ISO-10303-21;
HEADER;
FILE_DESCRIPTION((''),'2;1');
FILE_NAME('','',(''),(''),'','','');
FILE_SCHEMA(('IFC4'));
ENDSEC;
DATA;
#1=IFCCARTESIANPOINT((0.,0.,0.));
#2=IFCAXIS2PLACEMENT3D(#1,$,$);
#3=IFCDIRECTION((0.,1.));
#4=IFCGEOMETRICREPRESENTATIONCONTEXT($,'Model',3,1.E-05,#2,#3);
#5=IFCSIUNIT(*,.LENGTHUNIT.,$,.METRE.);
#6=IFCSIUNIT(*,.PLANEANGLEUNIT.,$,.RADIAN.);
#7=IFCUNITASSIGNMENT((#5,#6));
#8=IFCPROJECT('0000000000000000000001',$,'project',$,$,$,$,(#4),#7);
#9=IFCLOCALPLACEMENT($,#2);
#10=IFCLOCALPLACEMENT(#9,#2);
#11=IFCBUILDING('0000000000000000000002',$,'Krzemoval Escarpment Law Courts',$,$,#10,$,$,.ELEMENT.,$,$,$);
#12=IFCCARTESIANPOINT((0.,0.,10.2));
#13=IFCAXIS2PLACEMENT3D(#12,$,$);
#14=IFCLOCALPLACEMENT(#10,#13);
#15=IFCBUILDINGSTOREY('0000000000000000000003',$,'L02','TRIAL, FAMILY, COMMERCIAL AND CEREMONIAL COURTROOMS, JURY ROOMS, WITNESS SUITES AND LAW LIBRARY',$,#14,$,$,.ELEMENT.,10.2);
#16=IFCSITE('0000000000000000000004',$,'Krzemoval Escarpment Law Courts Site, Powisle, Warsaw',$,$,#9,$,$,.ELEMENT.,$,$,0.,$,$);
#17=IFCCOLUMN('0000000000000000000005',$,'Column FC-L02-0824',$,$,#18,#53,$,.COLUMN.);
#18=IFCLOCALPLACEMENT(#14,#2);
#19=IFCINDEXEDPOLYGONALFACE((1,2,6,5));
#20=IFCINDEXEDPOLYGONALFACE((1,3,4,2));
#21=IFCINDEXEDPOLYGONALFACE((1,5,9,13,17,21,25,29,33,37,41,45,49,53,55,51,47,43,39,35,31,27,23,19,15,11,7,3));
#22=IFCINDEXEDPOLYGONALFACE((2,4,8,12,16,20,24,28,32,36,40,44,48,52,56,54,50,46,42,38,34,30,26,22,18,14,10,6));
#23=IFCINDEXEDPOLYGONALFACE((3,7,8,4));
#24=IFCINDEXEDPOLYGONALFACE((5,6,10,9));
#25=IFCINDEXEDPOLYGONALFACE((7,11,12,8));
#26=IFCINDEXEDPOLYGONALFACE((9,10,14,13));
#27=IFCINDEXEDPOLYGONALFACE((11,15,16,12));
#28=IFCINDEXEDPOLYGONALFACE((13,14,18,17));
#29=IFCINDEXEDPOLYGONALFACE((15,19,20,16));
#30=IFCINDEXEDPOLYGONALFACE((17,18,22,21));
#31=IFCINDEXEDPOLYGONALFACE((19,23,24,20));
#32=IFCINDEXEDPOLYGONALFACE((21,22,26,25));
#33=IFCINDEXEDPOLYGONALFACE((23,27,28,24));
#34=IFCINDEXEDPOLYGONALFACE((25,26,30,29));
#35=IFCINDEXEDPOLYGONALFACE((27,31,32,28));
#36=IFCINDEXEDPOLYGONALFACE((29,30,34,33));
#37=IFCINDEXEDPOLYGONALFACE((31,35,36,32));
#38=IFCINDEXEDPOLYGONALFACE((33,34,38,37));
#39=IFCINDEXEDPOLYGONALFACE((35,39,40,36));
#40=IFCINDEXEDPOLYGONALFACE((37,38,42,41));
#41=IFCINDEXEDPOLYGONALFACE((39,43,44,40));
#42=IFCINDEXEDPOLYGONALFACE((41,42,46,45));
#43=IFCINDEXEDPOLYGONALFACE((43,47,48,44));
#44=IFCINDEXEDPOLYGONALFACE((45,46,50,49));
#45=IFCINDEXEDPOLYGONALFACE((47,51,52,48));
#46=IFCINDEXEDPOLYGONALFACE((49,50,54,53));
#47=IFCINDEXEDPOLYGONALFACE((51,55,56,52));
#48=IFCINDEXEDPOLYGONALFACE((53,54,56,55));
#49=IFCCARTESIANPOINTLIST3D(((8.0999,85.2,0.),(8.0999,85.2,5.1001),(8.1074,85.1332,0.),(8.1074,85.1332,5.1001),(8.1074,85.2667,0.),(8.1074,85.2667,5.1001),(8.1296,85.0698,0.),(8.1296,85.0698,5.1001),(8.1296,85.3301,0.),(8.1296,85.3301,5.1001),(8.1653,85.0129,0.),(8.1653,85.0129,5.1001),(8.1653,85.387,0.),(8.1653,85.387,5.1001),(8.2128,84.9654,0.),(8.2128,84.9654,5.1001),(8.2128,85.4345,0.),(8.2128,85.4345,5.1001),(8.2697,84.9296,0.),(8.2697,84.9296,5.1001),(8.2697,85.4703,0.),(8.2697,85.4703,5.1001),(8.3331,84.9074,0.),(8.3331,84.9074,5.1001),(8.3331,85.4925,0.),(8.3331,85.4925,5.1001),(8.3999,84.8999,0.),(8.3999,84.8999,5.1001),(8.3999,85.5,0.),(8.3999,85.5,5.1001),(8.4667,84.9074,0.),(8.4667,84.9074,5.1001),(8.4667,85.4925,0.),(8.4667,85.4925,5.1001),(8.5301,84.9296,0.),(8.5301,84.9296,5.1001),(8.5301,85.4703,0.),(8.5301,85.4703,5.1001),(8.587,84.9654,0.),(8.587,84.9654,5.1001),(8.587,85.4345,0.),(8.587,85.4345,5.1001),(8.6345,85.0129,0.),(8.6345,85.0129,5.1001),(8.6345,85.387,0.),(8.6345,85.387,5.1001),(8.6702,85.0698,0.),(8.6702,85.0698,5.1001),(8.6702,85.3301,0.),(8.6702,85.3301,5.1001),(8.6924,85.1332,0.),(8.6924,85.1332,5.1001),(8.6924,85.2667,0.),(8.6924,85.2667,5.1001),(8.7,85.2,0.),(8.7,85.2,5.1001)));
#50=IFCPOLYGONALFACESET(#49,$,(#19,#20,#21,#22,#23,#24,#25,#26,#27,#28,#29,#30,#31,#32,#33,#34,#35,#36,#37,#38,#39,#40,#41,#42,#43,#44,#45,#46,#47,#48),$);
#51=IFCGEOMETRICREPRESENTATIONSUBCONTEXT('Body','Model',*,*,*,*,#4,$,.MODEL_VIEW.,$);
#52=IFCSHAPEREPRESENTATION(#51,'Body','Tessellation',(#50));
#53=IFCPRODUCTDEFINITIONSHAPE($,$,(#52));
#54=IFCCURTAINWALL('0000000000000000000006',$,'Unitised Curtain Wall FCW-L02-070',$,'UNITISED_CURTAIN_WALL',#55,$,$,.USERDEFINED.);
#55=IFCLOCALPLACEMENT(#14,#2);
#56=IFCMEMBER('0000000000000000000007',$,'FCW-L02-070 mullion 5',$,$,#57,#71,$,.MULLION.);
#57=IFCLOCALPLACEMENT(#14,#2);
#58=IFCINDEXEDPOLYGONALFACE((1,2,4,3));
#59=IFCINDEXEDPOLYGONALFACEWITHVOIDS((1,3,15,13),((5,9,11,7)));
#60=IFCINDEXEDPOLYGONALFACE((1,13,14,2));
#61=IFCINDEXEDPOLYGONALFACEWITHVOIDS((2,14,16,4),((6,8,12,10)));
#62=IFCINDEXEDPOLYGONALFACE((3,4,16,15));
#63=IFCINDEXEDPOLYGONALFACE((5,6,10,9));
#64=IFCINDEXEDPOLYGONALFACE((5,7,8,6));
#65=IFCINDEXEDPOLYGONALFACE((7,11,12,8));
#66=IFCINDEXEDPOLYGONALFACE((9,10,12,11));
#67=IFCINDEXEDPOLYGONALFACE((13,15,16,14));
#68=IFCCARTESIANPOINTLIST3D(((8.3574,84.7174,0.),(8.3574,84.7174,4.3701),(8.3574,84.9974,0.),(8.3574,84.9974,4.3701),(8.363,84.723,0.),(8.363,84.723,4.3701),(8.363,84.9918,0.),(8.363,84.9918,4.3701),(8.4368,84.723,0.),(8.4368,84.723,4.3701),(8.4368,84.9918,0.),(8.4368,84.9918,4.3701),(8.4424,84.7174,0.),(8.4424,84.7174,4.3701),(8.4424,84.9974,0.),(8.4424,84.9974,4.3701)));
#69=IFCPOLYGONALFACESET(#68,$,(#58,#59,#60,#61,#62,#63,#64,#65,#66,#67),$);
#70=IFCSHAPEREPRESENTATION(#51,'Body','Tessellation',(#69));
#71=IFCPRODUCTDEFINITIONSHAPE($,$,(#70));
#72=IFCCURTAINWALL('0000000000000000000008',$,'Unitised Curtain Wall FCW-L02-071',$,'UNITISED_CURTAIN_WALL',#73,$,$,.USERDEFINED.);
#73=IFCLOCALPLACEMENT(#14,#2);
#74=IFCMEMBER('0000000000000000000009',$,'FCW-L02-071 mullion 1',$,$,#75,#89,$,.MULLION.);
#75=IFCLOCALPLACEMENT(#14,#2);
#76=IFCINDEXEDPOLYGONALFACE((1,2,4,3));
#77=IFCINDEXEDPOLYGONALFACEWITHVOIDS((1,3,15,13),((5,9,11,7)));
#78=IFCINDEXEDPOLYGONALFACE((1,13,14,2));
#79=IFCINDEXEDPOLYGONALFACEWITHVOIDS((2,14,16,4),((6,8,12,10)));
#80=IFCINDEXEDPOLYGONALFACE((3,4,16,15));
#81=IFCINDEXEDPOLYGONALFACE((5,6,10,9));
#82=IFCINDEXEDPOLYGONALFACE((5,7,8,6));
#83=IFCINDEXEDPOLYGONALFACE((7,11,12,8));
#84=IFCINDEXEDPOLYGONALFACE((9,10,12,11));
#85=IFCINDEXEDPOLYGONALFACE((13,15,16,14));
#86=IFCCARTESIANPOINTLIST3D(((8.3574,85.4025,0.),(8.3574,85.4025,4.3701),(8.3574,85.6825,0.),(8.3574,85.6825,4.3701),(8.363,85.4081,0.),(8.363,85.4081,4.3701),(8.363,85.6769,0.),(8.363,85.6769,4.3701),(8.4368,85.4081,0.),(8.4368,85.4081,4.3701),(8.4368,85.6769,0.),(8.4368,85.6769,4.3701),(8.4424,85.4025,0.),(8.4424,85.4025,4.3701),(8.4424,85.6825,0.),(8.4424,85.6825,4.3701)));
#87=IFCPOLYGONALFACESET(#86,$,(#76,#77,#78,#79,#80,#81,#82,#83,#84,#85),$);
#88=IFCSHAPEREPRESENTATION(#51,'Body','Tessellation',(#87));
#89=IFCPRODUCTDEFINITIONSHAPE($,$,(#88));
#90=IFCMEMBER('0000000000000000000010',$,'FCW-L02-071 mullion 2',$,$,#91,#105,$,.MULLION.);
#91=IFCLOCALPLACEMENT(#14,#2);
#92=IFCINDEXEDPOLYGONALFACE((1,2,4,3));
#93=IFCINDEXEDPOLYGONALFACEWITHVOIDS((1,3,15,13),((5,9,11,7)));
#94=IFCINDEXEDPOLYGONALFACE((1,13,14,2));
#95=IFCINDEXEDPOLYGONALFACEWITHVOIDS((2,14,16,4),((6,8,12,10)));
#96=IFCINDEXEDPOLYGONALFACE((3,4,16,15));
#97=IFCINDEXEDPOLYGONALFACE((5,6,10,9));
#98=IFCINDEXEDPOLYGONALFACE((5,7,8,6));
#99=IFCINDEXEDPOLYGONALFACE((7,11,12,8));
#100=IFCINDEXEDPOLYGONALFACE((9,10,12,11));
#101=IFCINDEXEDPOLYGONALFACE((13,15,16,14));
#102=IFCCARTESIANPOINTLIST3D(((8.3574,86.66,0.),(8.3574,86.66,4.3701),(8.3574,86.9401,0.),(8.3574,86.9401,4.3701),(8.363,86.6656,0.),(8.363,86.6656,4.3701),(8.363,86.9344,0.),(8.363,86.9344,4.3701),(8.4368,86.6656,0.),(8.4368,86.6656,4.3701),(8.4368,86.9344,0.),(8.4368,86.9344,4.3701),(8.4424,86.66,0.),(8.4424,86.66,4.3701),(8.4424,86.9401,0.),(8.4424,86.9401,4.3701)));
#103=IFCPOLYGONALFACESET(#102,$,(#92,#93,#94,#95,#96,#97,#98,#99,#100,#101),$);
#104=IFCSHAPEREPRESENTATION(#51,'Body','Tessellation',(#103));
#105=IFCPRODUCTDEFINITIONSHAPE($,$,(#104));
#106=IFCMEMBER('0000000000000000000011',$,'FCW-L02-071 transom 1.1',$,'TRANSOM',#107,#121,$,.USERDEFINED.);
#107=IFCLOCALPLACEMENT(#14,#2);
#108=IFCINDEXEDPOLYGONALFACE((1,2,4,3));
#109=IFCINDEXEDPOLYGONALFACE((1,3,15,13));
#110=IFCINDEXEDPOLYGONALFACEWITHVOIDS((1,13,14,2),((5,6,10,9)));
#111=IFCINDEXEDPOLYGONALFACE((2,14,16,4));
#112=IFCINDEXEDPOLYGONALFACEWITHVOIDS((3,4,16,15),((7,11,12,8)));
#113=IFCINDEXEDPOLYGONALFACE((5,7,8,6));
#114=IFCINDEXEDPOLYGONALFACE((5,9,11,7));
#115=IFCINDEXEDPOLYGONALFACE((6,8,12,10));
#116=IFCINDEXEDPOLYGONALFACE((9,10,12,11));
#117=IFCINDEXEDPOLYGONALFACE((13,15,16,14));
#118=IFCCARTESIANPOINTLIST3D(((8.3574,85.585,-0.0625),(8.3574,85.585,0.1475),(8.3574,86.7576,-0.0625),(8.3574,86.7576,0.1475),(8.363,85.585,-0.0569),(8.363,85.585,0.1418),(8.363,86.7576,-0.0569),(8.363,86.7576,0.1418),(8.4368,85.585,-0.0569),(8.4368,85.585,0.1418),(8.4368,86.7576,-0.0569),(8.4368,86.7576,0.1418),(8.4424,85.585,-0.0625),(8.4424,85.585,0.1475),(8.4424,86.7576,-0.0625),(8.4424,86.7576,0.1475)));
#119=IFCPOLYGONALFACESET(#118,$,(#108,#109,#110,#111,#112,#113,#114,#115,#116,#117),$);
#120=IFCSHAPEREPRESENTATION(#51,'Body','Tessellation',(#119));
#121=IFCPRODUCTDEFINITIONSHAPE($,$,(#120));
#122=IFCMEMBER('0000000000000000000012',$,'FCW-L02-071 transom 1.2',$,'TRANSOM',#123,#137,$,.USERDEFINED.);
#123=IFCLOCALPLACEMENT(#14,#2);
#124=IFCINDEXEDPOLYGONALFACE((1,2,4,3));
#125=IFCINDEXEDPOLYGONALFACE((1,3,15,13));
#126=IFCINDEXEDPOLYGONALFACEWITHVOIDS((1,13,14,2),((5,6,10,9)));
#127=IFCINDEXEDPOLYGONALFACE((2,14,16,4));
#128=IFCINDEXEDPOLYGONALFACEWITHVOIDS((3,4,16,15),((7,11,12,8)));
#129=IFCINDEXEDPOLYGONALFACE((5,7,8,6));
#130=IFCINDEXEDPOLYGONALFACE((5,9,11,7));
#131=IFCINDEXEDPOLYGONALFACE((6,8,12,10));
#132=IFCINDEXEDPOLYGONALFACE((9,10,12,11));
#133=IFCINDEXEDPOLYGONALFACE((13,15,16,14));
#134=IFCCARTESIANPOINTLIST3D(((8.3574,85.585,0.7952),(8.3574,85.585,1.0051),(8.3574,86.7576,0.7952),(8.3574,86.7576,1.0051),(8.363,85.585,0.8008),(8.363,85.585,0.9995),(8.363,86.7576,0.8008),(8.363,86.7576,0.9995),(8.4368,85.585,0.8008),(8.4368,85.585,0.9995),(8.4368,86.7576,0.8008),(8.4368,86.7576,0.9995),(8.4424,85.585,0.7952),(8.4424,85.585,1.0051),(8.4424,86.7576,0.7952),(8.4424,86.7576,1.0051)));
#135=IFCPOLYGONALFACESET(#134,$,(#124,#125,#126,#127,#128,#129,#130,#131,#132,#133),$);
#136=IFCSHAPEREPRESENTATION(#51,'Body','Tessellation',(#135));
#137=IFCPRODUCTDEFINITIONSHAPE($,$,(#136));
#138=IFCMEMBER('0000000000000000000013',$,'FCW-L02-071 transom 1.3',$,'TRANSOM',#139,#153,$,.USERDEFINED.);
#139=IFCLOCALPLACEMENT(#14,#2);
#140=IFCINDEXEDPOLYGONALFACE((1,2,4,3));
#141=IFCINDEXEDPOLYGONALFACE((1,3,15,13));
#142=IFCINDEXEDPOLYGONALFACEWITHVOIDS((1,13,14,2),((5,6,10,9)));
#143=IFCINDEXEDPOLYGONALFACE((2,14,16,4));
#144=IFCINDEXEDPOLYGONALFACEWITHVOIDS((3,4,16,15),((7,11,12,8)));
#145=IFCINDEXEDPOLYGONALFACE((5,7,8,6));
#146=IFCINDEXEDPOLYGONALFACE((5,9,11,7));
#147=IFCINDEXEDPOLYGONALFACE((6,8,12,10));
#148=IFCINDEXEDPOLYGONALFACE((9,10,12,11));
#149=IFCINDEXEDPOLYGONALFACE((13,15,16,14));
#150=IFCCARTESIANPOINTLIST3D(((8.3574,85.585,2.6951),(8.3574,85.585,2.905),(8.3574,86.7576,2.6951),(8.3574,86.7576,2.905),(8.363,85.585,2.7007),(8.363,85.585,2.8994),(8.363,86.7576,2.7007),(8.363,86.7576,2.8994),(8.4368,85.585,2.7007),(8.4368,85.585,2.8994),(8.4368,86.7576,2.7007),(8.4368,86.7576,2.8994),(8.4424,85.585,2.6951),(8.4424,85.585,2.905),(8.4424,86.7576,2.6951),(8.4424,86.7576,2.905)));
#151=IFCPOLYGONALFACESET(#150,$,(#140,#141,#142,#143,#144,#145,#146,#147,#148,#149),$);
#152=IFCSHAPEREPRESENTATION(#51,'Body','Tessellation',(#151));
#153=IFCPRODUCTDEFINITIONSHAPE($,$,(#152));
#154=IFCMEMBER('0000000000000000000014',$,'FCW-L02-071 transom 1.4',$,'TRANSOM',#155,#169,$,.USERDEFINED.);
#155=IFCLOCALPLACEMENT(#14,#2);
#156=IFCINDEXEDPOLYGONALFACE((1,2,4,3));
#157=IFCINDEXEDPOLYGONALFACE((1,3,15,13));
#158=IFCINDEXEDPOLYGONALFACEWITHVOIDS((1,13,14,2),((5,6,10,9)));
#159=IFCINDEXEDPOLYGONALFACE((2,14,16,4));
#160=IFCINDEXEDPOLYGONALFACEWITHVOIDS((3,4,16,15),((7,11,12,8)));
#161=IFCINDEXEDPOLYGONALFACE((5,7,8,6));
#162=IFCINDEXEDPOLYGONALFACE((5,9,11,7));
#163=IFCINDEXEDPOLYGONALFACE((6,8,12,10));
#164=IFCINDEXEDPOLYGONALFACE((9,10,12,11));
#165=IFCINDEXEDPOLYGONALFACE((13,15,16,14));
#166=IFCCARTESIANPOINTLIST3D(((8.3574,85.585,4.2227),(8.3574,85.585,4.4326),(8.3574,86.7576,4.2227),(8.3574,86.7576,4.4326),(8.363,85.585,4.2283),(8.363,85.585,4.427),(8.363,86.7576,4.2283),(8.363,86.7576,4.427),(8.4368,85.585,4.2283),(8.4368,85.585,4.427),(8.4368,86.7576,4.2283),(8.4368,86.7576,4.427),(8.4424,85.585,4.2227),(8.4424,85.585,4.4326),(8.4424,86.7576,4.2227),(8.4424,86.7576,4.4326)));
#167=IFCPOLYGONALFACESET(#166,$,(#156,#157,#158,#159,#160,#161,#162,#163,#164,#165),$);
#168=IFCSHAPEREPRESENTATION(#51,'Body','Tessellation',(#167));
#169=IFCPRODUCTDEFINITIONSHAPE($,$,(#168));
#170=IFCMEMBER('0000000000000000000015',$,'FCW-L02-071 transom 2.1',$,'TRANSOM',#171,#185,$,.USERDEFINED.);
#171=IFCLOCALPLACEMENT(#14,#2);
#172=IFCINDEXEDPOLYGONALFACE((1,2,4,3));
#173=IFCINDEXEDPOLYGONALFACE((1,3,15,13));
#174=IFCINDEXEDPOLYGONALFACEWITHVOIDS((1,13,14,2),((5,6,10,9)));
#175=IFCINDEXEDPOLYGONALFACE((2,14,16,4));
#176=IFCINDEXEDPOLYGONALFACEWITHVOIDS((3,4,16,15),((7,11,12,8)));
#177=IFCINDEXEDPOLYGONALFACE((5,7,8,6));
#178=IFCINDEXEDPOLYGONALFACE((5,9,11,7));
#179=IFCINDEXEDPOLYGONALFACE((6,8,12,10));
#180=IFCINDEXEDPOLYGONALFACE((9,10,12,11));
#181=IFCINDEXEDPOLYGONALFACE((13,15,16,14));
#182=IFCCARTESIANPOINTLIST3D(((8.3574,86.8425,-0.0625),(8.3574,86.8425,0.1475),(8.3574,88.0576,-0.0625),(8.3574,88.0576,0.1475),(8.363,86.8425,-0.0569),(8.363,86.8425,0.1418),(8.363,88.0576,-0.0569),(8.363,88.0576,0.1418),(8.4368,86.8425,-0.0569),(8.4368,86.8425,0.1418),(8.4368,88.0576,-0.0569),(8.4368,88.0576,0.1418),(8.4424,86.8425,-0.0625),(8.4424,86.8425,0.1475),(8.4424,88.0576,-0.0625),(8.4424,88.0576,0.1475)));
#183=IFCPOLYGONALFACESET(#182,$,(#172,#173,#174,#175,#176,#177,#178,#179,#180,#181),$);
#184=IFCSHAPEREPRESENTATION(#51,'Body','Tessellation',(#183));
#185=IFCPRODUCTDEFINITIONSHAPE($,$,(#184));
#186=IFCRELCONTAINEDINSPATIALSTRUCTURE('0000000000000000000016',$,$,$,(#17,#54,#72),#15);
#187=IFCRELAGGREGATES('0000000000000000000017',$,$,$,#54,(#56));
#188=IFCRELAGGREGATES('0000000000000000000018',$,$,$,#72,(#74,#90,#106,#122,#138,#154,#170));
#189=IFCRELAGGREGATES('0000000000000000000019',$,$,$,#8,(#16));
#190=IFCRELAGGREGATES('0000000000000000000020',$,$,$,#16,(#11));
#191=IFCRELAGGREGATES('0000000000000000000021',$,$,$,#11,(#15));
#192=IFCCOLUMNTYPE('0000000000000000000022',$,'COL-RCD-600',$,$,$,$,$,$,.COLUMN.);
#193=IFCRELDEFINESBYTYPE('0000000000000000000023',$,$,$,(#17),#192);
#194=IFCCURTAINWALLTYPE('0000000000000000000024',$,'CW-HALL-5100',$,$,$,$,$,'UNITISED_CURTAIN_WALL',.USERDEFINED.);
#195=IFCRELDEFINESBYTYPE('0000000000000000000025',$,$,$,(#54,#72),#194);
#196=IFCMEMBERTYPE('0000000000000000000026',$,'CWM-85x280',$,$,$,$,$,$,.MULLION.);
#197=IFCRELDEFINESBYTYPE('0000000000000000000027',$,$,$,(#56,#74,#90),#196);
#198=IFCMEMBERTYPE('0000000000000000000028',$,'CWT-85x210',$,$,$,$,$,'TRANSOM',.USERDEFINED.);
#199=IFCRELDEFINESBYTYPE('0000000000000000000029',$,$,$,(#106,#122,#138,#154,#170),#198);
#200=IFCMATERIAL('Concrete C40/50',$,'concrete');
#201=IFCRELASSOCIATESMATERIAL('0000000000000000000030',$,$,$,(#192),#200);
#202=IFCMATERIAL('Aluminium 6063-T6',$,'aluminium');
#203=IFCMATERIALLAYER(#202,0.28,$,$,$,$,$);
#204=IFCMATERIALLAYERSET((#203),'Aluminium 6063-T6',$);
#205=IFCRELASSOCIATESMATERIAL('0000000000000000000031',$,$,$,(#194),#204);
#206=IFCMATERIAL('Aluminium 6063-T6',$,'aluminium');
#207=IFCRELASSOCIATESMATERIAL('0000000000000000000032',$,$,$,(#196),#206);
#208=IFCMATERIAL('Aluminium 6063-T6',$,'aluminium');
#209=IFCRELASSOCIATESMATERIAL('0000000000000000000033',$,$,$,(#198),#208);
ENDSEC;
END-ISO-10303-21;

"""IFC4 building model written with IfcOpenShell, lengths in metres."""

from ifc_helpers import new_model, si_unit, direction, frame, origin, origin_2d, place, context, subcontext, project, spatial, hollow_rectangle, circle, extrude, material, layer, layer_set, material_profile, profile_set, type_object, element, aggregate, save


model = new_model("IFC4")

# Units and contexts
model_context = context("Model", 3, precision=1e-05, world=origin(), true_north=direction((0.0, 1.0)))
body_context = subcontext(model_context, "Body", "Model", "MODEL_VIEW")
ifc_project = project(units=[si_unit("LENGTHUNIT", "METRE"), si_unit("PLANEANGLEUNIT", "RADIAN")], contexts=[model_context])

# Site, building, storey
site_placement = place(None, origin())
site = spatial("IfcSite", under=ifc_project, at=site_placement, Name="Krzemoval Escarpment Law Courts Site, Powisle, Warsaw", CompositionType="ELEMENT", RefElevation=0.0)
building_placement = place(site_placement, origin())
building = spatial("IfcBuilding", under=site, at=building_placement, Name="Krzemoval Escarpment Law Courts", CompositionType="ELEMENT")
storey_placement = place(building_placement, frame((0.0, 0.0, 10.2)))
storey = spatial("IfcBuildingStorey", under=building, at=storey_placement, Name="L02", Description="TRIAL, FAMILY, COMMERCIAL AND CEREMONIAL COURTROOMS, JURY ROOMS, WITNESS SUITES AND LAW LIBRARY", CompositionType="ELEMENT", Elevation=10.2)

# Column
ifc_material_1 = material(Name="Concrete C40/50", Category="concrete")
ifc_material_profile_1 = material_profile(ifc_material_1, circle(Radius=0.3, at=origin_2d()), Name="RC D600")
ifc_profile_set_1 = profile_set([ifc_material_profile_1], Name="Concrete C40/50")
column_type = type_object("IfcColumnType", Name="COL-RCD-600", PredefinedType="COLUMN", material=ifc_profile_set_1)
column_placement = place(storey_placement, frame((8.3999, 85.2, 0.0), z_axis=(0.0, 0.0, 1.0), x_axis=(1.0, 0.0, 0.0)))
element("IfcColumn", 1, at=column_placement, inside=storey, type_object=column_type, Name="Column FC-L02-0824", PredefinedType="COLUMN", context=body_context, shape_type="SweptSolid", body=[
    extrude(circle(Radius=0.3, at=origin_2d()), origin(), (0.0, 0.0, 1.0), 5.1001),
])

# Curtain wall, member
ifc_material_2 = material(Name="Aluminium 6063-T6", Category="aluminium")
ifc_layer_1 = layer(ifc_material_2, 0.28)
ifc_layer_set_1 = layer_set([ifc_layer_1], Name="Aluminium 6063-T6")
curtain_wall_type = type_object("IfcCurtainWallType", Name="CW-HALL-5100", ElementType="UNITISED_CURTAIN_WALL", PredefinedType="USERDEFINED", material=ifc_layer_set_1)
curtain_wall_1_placement = place(storey_placement, origin())
curtain_wall_1 = element("IfcCurtainWall", 2, at=curtain_wall_1_placement, inside=storey, type_object=curtain_wall_type, Name="Unitised Curtain Wall FCW-L02-070", ObjectType="UNITISED_CURTAIN_WALL", PredefinedType="USERDEFINED")
ifc_material_3 = material(Name="Aluminium 6063-T6", Category="aluminium")
ifc_material_profile_2 = material_profile(ifc_material_3, hollow_rectangle(XDim=0.085, YDim=0.28, WallThickness=0.0056, at=origin_2d()), Name="ALU M85x280")
ifc_profile_set_2 = profile_set([ifc_material_profile_2], Name="Aluminium 6063-T6")
member_type_1 = type_object("IfcMemberType", Name="CWM-85x280", PredefinedType="MULLION", material=ifc_profile_set_2)
member_1_placement = place(storey_placement, frame((8.3999, 84.8574, 0.0), z_axis=(0.0, 0.0, 1.0), x_axis=(-1.0, 0.0, 0.0)))
member_1 = element("IfcMember", 3, at=member_1_placement, type_object=member_type_1, Name="FCW-L02-070 mullion 5", PredefinedType="MULLION", context=body_context, shape_type="SweptSolid", body=[
    extrude(hollow_rectangle(XDim=0.085, YDim=0.28, WallThickness=0.0056, at=origin_2d()), origin(), (0.0, 0.0, 1.0), 4.3701),
])

# Curtain wall, members
curtain_wall_2_placement = place(storey_placement, origin())
curtain_wall_2 = element("IfcCurtainWall", 4, at=curtain_wall_2_placement, inside=storey, type_object=curtain_wall_type, Name="Unitised Curtain Wall FCW-L02-071", ObjectType="UNITISED_CURTAIN_WALL", PredefinedType="USERDEFINED")
member_2_placement = place(storey_placement, frame((8.3999, 85.5425, 0.0), z_axis=(0.0, 0.0, 1.0), x_axis=(-1.0, 0.0, 0.0)))
member_2 = element("IfcMember", 5, at=member_2_placement, type_object=member_type_1, Name="FCW-L02-071 mullion 1", PredefinedType="MULLION", context=body_context, shape_type="SweptSolid", body=[
    extrude(hollow_rectangle(XDim=0.085, YDim=0.28, WallThickness=0.0056, at=origin_2d()), origin(), (0.0, 0.0, 1.0), 4.3701),
])
member_3_placement = place(storey_placement, frame((8.3999, 86.8, 0.0), z_axis=(0.0, 0.0, 1.0), x_axis=(-1.0, 0.0, 0.0)))
member_3 = element("IfcMember", 6, at=member_3_placement, type_object=member_type_1, Name="FCW-L02-071 mullion 2", PredefinedType="MULLION", context=body_context, shape_type="SweptSolid", body=[
    extrude(hollow_rectangle(XDim=0.085, YDim=0.28, WallThickness=0.0056, at=origin_2d()), origin(), (0.0, 0.0, 1.0), 4.3701),
])
ifc_material_4 = material(Name="Aluminium 6063-T6", Category="aluminium")
ifc_material_profile_3 = material_profile(ifc_material_4, hollow_rectangle(XDim=0.085, YDim=0.21, WallThickness=0.0056, at=origin_2d()), Name="ALU T85x210")
ifc_profile_set_3 = profile_set([ifc_material_profile_3], Name="Aluminium 6063-T6")
member_type_2 = type_object("IfcMemberType", Name="CWT-85x210", ElementType="TRANSOM", PredefinedType="USERDEFINED", material=ifc_profile_set_3)
member_4_placement = place(storey_placement, frame((8.3999, 85.585, 0.0425), z_axis=(0.0, 1.0, 0.0), x_axis=(-1.0, 0.0, 0.0)))
member_4 = element("IfcMember", 7, at=member_4_placement, type_object=member_type_2, Name="FCW-L02-071 transom 1.1", ObjectType="TRANSOM", PredefinedType="USERDEFINED", context=body_context, shape_type="SweptSolid", body=[
    extrude(hollow_rectangle(XDim=0.085, YDim=0.21, WallThickness=0.0056, at=origin_2d()), origin(), (0.0, 0.0, 1.0), 1.1726),
])
member_5_placement = place(storey_placement, frame((8.3999, 85.585, 0.9001), z_axis=(0.0, 1.0, 0.0), x_axis=(-1.0, 0.0, 0.0)))
member_5 = element("IfcMember", 8, at=member_5_placement, type_object=member_type_2, Name="FCW-L02-071 transom 1.2", ObjectType="TRANSOM", PredefinedType="USERDEFINED", context=body_context, shape_type="SweptSolid", body=[
    extrude(hollow_rectangle(XDim=0.085, YDim=0.21, WallThickness=0.0056, at=origin_2d()), origin(), (0.0, 0.0, 1.0), 1.1726),
])
member_6_placement = place(storey_placement, frame((8.3999, 85.585, 2.8), z_axis=(0.0, 1.0, 0.0), x_axis=(-1.0, 0.0, 0.0)))
member_6 = element("IfcMember", 9, at=member_6_placement, type_object=member_type_2, Name="FCW-L02-071 transom 1.3", ObjectType="TRANSOM", PredefinedType="USERDEFINED", context=body_context, shape_type="SweptSolid", body=[
    extrude(hollow_rectangle(XDim=0.085, YDim=0.21, WallThickness=0.0056, at=origin_2d()), origin(), (0.0, 0.0, 1.0), 1.1726),
])
member_7_placement = place(storey_placement, frame((8.3999, 85.585, 4.3276), z_axis=(0.0, 1.0, 0.0), x_axis=(-1.0, 0.0, 0.0)))
member_7 = element("IfcMember", 10, at=member_7_placement, type_object=member_type_2, Name="FCW-L02-071 transom 1.4", ObjectType="TRANSOM", PredefinedType="USERDEFINED", context=body_context, shape_type="SweptSolid", body=[
    extrude(hollow_rectangle(XDim=0.085, YDim=0.21, WallThickness=0.0056, at=origin_2d()), origin(), (0.0, 0.0, 1.0), 1.1726),
])
member_8_placement = place(storey_placement, frame((8.3999, 86.8425, 0.0425), z_axis=(0.0, 1.0, 0.0), x_axis=(-1.0, 0.0, 0.0)))
member_8 = element("IfcMember", 11, at=member_8_placement, type_object=member_type_2, Name="FCW-L02-071 transom 2.1", ObjectType="TRANSOM", PredefinedType="USERDEFINED", context=body_context, shape_type="SweptSolid", body=[
    extrude(hollow_rectangle(XDim=0.085, YDim=0.21, WallThickness=0.0056, at=origin_2d()), origin(), (0.0, 0.0, 1.0), 1.2151),
])

aggregate(curtain_wall_1, [member_1])
aggregate(curtain_wall_2, [member_2, member_3, member_4, member_5, member_6, member_7, member_8])

save(model, "model.ifc")
